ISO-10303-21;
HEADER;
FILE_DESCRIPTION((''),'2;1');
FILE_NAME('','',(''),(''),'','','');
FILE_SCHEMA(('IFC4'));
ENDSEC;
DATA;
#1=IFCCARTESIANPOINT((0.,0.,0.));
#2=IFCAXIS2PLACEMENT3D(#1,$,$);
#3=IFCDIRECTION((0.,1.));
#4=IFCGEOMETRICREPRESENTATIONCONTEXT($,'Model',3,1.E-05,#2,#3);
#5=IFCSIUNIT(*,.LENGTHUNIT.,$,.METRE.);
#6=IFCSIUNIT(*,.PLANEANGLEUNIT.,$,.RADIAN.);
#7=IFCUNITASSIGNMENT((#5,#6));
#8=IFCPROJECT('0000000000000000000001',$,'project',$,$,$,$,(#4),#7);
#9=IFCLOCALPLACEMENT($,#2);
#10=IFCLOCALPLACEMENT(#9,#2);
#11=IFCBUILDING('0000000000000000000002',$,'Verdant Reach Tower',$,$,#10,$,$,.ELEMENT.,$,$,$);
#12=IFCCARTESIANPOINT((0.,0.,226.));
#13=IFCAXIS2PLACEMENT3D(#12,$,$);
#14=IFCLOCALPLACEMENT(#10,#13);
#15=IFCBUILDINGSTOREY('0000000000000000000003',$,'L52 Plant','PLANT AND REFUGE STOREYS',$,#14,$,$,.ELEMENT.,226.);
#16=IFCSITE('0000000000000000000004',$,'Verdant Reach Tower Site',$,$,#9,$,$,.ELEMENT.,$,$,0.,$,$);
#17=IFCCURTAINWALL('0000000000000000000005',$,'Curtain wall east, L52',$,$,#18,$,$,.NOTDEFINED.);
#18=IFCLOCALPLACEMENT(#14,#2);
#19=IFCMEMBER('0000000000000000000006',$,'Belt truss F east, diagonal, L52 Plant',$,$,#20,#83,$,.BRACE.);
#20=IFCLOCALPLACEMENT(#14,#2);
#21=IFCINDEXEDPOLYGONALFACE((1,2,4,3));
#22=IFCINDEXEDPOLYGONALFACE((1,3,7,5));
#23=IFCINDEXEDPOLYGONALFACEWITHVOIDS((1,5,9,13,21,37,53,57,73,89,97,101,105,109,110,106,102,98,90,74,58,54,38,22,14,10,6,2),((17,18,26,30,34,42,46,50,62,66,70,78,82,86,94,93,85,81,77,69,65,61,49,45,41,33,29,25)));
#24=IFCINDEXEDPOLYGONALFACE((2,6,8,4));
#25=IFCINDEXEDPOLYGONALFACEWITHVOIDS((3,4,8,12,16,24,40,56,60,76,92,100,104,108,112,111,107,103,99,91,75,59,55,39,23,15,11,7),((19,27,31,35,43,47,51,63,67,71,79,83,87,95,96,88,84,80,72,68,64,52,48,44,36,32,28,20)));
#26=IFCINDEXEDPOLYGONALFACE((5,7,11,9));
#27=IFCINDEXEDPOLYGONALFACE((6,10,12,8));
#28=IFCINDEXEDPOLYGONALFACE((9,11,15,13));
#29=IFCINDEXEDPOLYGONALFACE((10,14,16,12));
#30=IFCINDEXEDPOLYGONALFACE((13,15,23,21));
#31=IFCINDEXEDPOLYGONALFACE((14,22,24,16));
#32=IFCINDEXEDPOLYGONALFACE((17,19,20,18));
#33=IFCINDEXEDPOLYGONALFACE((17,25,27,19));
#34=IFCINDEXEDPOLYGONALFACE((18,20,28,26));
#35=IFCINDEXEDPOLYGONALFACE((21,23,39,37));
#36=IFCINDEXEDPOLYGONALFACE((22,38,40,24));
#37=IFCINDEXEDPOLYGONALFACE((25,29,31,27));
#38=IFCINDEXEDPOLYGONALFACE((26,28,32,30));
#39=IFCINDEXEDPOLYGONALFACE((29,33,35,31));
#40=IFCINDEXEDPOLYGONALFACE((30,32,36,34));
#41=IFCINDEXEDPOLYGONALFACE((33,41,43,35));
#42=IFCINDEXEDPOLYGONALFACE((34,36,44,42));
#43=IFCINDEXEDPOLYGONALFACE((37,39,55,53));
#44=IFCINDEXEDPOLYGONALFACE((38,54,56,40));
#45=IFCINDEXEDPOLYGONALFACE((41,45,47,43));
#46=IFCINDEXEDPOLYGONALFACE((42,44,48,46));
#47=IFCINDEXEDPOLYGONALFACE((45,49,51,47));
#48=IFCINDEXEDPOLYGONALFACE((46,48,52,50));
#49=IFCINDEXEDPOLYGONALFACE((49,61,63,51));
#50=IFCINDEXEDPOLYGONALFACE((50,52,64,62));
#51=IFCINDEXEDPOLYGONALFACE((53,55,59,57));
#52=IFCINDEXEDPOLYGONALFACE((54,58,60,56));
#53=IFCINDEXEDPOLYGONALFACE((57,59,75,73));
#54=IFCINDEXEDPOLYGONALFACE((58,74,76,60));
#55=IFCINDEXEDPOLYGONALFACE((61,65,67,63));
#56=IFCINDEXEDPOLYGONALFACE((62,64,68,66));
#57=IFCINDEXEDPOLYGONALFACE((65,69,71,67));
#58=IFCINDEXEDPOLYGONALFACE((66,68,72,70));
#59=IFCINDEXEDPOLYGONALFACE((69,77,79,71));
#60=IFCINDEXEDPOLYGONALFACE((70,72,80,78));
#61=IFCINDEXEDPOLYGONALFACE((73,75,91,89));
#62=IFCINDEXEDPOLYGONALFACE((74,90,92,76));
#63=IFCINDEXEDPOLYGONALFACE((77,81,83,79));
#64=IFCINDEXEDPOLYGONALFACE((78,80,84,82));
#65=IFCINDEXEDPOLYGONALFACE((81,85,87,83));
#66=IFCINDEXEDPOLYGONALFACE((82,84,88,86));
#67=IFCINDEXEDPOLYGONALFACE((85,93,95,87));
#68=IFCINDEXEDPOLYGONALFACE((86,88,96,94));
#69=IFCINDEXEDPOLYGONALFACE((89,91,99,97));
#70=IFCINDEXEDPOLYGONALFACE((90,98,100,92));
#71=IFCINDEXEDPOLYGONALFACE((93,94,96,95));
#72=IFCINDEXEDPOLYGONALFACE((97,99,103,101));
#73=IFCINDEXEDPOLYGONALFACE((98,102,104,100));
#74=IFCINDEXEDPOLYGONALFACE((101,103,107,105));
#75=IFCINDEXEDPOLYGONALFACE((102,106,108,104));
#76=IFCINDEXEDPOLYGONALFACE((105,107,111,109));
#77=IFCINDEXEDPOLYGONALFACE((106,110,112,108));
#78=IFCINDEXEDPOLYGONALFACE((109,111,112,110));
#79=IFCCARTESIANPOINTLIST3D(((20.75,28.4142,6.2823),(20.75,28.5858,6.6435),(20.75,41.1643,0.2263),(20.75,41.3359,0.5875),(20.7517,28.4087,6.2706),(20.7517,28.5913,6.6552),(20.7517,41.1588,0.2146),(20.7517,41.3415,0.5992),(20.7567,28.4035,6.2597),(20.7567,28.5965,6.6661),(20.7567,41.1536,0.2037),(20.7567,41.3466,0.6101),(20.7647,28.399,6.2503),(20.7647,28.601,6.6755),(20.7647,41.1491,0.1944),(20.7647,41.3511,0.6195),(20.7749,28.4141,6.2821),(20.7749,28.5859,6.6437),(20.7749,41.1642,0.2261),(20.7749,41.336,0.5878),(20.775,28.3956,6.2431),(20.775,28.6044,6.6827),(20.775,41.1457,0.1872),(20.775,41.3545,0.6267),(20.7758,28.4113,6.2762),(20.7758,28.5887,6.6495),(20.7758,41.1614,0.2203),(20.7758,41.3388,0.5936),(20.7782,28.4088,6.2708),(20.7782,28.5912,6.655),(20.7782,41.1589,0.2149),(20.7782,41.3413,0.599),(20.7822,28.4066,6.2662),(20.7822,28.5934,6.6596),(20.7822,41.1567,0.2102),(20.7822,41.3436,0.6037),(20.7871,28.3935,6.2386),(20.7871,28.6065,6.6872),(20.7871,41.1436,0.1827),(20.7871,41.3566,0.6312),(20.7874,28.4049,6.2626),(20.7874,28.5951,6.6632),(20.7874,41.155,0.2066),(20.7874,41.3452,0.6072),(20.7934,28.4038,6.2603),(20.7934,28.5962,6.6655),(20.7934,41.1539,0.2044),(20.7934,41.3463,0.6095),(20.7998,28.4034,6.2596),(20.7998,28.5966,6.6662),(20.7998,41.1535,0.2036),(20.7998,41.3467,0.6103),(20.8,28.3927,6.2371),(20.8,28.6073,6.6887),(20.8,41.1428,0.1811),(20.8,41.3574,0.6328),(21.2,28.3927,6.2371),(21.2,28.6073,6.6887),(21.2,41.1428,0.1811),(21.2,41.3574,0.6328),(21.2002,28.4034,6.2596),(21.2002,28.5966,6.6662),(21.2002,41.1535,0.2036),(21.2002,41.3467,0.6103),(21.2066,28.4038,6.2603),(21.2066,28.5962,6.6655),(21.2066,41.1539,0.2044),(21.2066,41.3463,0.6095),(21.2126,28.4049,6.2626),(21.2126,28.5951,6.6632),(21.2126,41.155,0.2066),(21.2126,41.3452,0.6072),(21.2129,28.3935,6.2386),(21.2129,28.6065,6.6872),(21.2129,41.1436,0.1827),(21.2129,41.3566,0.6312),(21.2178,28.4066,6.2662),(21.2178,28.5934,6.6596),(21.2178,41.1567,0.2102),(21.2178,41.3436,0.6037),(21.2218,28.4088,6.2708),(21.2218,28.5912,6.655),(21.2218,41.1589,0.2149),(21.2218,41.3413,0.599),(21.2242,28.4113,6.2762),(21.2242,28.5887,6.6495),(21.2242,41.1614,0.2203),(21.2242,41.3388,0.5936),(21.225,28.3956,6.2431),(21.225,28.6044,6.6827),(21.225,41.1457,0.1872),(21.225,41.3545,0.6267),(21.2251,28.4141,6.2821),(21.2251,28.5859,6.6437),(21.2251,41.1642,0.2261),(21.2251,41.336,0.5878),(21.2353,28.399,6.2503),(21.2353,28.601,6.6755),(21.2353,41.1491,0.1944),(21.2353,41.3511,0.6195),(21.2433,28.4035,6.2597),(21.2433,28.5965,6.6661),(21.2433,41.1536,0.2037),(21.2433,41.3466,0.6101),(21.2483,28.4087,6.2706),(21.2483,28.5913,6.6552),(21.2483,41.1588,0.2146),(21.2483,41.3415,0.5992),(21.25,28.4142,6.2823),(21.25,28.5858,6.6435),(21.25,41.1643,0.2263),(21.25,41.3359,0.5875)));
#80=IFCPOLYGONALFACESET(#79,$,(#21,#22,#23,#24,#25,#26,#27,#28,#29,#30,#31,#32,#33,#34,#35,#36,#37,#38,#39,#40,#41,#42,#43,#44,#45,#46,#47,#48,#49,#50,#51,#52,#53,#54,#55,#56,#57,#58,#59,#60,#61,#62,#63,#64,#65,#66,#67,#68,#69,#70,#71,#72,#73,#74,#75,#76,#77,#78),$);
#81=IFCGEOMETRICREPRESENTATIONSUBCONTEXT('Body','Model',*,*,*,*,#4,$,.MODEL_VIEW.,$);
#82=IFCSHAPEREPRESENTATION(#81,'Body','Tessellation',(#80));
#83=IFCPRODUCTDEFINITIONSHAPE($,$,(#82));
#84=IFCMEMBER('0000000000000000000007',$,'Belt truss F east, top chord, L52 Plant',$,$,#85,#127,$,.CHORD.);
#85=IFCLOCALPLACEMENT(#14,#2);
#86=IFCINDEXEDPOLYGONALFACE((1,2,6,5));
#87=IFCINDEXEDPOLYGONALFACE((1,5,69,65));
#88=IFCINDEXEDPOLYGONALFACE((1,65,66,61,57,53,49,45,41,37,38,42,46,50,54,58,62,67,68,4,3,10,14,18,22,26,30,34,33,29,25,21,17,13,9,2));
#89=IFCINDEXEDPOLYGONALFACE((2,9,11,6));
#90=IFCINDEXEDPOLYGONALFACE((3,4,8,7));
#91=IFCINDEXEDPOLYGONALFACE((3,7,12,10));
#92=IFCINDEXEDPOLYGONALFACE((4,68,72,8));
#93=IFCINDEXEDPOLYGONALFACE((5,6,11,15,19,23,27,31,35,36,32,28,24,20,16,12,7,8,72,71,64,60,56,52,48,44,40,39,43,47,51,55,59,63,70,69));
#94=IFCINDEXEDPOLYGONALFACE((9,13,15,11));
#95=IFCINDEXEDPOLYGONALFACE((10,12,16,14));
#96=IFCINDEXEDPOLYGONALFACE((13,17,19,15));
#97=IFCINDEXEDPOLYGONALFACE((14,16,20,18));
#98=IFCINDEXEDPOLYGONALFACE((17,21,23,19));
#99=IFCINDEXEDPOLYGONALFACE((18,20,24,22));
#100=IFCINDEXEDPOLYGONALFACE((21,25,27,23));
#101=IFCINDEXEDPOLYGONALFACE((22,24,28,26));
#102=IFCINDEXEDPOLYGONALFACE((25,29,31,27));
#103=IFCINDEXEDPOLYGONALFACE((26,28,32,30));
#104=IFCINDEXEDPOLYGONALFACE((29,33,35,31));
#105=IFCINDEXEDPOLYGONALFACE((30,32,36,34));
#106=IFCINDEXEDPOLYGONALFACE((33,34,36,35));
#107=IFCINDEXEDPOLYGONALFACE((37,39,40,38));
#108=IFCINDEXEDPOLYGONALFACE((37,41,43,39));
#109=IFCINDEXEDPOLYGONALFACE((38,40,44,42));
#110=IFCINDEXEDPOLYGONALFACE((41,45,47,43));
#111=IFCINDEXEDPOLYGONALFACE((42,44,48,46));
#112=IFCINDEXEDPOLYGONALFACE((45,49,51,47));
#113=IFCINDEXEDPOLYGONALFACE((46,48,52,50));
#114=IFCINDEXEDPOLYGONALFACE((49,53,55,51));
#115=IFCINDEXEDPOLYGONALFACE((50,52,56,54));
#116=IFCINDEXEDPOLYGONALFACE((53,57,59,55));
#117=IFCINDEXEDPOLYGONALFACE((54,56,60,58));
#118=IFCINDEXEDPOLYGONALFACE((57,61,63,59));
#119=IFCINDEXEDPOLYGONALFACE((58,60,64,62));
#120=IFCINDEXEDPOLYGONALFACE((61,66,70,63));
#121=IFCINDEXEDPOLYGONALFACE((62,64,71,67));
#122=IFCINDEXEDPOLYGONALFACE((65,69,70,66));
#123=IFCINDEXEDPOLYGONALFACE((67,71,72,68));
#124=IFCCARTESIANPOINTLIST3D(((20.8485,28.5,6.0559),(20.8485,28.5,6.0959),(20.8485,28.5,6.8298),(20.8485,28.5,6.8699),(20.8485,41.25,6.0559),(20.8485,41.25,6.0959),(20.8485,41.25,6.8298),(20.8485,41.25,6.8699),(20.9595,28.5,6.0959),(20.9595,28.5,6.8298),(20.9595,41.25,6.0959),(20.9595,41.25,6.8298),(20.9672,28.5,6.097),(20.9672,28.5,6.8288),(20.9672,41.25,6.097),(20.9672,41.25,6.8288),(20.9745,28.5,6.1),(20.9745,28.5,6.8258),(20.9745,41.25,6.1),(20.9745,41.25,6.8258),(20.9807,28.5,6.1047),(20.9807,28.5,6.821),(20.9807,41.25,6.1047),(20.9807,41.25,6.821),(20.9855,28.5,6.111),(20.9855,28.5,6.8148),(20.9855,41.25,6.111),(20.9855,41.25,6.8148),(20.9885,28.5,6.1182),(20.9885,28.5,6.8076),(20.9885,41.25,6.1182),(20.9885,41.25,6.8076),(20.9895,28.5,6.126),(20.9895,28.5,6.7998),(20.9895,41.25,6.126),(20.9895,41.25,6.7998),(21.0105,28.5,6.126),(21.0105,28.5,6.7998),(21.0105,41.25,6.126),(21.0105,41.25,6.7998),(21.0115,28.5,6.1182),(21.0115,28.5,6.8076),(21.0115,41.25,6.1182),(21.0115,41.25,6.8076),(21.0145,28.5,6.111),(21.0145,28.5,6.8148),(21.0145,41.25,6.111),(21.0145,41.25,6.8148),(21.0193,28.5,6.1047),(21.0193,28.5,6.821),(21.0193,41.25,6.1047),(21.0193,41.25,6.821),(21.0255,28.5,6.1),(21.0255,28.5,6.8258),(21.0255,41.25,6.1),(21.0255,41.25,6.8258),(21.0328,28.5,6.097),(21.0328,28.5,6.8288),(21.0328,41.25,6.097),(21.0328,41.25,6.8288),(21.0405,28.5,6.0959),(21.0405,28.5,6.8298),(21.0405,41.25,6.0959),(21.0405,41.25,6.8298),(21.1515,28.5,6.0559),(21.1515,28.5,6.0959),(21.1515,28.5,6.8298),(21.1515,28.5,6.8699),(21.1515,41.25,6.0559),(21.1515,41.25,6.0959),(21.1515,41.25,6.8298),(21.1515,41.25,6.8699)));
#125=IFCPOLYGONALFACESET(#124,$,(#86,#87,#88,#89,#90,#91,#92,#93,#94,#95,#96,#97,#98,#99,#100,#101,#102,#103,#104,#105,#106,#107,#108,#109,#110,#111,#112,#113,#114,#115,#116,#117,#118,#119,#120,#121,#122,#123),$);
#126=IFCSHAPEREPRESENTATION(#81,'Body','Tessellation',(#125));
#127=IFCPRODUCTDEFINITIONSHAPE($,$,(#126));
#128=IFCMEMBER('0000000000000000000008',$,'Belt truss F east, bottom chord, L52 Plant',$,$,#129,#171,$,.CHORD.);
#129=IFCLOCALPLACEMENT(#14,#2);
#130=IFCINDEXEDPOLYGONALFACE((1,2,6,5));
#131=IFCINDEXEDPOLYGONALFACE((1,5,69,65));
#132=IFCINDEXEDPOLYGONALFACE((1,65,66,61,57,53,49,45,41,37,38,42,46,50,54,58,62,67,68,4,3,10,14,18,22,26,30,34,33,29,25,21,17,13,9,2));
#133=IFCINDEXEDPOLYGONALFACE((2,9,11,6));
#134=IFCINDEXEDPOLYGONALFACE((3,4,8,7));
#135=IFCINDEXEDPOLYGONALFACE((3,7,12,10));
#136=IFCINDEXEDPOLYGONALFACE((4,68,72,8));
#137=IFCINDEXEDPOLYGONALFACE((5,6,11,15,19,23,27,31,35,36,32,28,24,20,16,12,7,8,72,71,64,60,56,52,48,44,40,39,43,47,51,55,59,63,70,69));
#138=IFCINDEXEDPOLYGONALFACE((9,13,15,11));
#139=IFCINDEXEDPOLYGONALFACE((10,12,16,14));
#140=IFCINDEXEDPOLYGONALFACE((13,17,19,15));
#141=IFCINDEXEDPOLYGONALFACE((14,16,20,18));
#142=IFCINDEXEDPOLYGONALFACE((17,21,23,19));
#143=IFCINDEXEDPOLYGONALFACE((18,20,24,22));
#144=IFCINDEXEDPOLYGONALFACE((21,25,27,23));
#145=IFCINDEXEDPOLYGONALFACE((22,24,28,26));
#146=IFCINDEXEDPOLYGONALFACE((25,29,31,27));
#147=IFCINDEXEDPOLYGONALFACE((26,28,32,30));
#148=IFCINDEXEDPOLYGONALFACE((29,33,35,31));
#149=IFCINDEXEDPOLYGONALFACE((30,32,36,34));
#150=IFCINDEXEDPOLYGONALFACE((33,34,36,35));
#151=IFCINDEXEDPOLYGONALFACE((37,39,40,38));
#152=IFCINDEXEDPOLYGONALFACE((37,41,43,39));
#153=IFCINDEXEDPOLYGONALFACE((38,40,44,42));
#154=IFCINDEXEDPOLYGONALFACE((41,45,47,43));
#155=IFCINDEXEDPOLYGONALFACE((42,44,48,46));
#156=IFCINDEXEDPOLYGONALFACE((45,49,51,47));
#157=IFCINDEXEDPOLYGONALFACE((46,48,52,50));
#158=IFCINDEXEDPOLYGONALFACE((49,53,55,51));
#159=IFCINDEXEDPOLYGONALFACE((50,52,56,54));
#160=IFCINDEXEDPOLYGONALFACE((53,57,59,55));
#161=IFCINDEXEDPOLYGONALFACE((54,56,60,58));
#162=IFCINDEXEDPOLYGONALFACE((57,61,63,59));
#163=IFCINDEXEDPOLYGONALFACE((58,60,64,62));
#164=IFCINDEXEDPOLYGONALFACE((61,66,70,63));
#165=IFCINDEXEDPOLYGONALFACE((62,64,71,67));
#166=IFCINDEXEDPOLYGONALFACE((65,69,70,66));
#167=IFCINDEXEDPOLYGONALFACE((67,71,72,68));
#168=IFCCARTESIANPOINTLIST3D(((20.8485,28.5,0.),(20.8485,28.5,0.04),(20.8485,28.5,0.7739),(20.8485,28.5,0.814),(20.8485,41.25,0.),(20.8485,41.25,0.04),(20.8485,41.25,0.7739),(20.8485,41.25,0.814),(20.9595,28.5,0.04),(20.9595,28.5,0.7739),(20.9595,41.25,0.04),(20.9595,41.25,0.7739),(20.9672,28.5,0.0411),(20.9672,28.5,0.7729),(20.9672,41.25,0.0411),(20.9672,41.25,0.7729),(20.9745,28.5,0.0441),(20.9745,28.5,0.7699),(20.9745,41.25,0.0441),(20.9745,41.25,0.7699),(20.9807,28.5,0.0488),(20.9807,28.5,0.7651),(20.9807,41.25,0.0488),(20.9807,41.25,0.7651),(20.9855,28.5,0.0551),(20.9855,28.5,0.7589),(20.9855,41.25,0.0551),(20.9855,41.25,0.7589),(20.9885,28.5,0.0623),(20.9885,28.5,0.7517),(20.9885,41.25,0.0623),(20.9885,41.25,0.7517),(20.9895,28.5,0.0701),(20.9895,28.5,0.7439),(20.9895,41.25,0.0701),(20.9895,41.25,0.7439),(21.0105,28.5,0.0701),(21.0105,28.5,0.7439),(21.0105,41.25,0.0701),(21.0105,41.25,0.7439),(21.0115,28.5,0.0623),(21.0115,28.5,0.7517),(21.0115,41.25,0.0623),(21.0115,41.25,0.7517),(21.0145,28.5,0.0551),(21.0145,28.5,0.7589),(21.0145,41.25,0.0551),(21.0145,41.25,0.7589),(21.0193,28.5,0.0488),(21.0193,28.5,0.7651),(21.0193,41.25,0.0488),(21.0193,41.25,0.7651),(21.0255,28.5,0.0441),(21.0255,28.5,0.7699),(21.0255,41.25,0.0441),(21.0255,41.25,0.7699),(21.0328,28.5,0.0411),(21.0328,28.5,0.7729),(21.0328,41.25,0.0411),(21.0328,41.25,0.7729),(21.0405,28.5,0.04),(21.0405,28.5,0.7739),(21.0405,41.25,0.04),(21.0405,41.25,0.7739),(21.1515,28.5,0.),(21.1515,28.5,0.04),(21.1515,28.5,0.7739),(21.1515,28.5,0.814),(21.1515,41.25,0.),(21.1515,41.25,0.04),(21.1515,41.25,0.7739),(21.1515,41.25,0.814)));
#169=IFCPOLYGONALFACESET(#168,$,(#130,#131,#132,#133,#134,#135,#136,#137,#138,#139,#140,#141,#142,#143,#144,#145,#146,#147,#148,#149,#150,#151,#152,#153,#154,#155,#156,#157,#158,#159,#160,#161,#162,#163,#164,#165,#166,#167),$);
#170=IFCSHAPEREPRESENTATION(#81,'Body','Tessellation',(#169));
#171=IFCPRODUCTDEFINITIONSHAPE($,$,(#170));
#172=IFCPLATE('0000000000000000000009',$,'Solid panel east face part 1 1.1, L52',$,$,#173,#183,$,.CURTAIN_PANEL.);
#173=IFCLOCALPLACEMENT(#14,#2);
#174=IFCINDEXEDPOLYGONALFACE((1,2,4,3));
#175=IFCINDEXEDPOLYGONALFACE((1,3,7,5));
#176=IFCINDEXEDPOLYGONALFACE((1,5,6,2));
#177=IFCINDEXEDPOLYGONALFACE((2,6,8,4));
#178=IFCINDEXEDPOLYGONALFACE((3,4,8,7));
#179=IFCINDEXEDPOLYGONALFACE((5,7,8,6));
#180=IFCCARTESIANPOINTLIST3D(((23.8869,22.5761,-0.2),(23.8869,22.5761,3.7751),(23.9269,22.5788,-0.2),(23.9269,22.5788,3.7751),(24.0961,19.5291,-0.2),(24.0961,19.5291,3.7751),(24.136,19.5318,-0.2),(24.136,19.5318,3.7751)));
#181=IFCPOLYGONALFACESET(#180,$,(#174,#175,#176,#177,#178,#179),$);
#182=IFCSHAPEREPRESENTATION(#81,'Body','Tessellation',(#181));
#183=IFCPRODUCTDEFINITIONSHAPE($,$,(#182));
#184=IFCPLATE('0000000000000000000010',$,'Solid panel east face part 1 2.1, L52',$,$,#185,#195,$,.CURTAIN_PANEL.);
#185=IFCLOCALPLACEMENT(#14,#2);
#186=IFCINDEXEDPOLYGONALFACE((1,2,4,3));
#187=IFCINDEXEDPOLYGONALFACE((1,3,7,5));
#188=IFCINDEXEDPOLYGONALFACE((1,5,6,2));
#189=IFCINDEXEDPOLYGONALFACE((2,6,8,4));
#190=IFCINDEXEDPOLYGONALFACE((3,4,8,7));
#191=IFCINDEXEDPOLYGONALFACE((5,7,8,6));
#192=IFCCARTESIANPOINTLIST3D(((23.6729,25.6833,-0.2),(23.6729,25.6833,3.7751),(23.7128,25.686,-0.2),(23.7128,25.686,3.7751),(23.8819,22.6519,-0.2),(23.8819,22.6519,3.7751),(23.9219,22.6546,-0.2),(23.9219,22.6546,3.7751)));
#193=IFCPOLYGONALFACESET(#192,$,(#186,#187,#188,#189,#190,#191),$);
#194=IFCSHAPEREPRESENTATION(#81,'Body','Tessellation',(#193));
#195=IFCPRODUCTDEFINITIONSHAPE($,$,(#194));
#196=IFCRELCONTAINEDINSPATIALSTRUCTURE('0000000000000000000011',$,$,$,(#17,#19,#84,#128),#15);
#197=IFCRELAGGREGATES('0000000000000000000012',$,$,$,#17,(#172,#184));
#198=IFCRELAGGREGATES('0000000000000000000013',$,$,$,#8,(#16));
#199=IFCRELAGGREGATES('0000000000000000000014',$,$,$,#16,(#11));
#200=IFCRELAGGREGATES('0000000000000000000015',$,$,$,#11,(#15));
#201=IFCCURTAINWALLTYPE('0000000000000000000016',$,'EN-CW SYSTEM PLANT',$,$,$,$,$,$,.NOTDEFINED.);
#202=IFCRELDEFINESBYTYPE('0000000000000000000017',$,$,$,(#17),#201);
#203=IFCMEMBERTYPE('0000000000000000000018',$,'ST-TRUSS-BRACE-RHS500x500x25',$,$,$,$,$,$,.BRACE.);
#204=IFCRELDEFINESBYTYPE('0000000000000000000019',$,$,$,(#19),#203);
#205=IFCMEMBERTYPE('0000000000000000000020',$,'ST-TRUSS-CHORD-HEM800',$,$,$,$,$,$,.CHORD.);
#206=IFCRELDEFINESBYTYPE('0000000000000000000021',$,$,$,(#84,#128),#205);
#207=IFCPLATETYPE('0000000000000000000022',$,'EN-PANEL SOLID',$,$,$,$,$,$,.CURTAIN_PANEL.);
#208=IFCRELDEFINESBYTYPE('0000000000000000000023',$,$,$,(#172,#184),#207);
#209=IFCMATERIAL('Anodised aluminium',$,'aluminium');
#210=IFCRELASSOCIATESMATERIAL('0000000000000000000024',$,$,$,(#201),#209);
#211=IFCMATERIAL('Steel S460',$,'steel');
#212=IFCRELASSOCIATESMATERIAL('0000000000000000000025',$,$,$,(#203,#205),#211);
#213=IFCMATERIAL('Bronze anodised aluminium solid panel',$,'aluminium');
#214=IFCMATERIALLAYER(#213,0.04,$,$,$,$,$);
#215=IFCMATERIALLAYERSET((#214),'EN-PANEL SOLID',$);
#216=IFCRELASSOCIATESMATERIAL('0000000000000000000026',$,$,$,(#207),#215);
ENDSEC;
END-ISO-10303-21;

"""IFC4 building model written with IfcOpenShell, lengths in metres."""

from ifc_helpers import new_model, si_unit, direction, frame, origin, origin_2d, place, context, subcontext, project, spatial, rectangle, hollow_rectangle, i_section, extrude, material, layer, layer_set, material_profile, profile_set, type_object, element, aggregate, save


model = new_model("IFC4")

# Units and contexts
model_context = context("Model", 3, precision=1e-05, world=origin(), true_north=direction((0.0, 1.0)))
body_context = subcontext(model_context, "Body", "Model", "MODEL_VIEW")
ifc_project = project(units=[si_unit("LENGTHUNIT", "METRE"), si_unit("PLANEANGLEUNIT", "RADIAN")], contexts=[model_context])

# Site, building, storey
site_placement = place(None, origin())
site = spatial("IfcSite", under=ifc_project, at=site_placement, Name="Verdant Reach Tower Site", CompositionType="ELEMENT", RefElevation=0.0)
building_placement = place(site_placement, origin())
building = spatial("IfcBuilding", under=site, at=building_placement, Name="Verdant Reach Tower", CompositionType="ELEMENT")
storey_placement = place(building_placement, frame((0.0, 0.0, 226.0)))
storey = spatial("IfcBuildingStorey", under=building, at=storey_placement, Name="L52 Plant", Description="PLANT AND REFUGE STOREYS", CompositionType="ELEMENT", Elevation=226.0)

# Shared definitions
ifc_material_1 = material(Name="Steel S460", Category="steel")

# Curtain wall
ifc_material_2 = material(Name="Anodised aluminium", Category="aluminium")
curtain_wall_type = type_object("IfcCurtainWallType", Name="EN-CW SYSTEM PLANT", PredefinedType="NOTDEFINED", material=ifc_material_2)
curtain_wall_placement = place(storey_placement, origin())
curtain_wall = element("IfcCurtainWall", 1, at=curtain_wall_placement, inside=storey, type_object=curtain_wall_type, Name="Curtain wall east, L52", PredefinedType="NOTDEFINED")

# Members
ifc_material_profile_1 = material_profile(ifc_material_1, hollow_rectangle(XDim=0.5, YDim=0.5, WallThickness=0.0249, InnerFilletRadius=0.0249, OuterFilletRadius=0.05, at=origin_2d()), Name="RHS 500x500x25")
ifc_profile_set_1 = profile_set([ifc_material_profile_1], Name="Steel S460")
member_type_1 = type_object("IfcMemberType", Name="ST-TRUSS-BRACE-RHS500x500x25", PredefinedType="BRACE", material=ifc_profile_set_1)
member_1_placement = place(storey_placement, frame((21.0, 28.5, 6.4629), z_axis=(0.0, 0.903287, -0.429037), x_axis=(-1.0, 0.0, 0.0)))
element("IfcMember", 2, at=member_1_placement, inside=storey, type_object=member_type_1, Name="Belt truss F east, diagonal, L52 Plant", PredefinedType="BRACE", context=body_context, shape_type="SweptSolid", body=[
    extrude(hollow_rectangle(XDim=0.5, YDim=0.5, WallThickness=0.0249, InnerFilletRadius=0.0249, OuterFilletRadius=0.05, at=origin_2d()), origin(), (0.0, 0.0, 1.0), 14.1152),
])
ifc_material_profile_2 = material_profile(ifc_material_1, i_section(OverallWidth=0.303, OverallDepth=0.814, WebThickness=0.021, FlangeThickness=0.04, FilletRadius=0.03, at=origin_2d()), Name="HEM 800")
ifc_profile_set_2 = profile_set([ifc_material_profile_2], Name="Steel S460")
member_type_2 = type_object("IfcMemberType", Name="ST-TRUSS-CHORD-HEM800", PredefinedType="CHORD", material=ifc_profile_set_2)
for number, where, z_axis, x_axis, name in (
    (3, (21.0, 28.5, 6.4629), (0.0, 1.0, 0.0), (-1.0, 0.0, 0.0), "Belt truss F east, top chord, L52 Plant"),
    (4, (21.0, 28.5, 0.407), (0.0, 1.0, 0.0), (-1.0, 0.0, 0.0), "Belt truss F east, bottom chord, L52 Plant"),
):
    element("IfcMember", number, at=place(storey_placement, frame(where, z_axis=z_axis, x_axis=x_axis)), inside=storey, type_object=member_type_2, Name=name, PredefinedType="CHORD", context=body_context, shape_type="SweptSolid", body=[
        extrude(i_section(OverallWidth=0.303, OverallDepth=0.814, WebThickness=0.021, FlangeThickness=0.04, FilletRadius=0.03, at=origin_2d()), origin(), (0.0, 0.0, 1.0), 12.75),
    ])

# Plates
ifc_material_3 = material(Name="Bronze anodised aluminium solid panel", Category="aluminium")
ifc_layer_1 = layer(ifc_material_3, 0.04)
ifc_layer_set_1 = layer_set([ifc_layer_1], Name="EN-PANEL SOLID")
plate_type_1 = type_object("IfcPlateType", Name="EN-PANEL SOLID", PredefinedType="CURTAIN_PANEL", material=ifc_layer_set_1)
plate_1_placement = place(storey_placement, frame((24.0115, 21.054, -0.2), z_axis=(0.0, 0.0, 1.0), x_axis=(-0.068469, 0.997653, 0.0)))
plate_1 = element("IfcPlate", 5, at=plate_1_placement, type_object=plate_type_1, Name="Solid panel east face part 1 1.1, L52", PredefinedType="CURTAIN_PANEL", context=body_context, shape_type="SweptSolid", body=[
    extrude(rectangle(XDim=3.0542, YDim=0.04, at=origin_2d()), origin(), (0.0, 0.0, 1.0), 3.9751),
])
plate_2_placement = place(storey_placement, frame((23.7974, 24.1689, -0.2), z_axis=(0.0, 0.0, 1.0), x_axis=(-0.068802, 0.99763, 0.0)))
plate_2 = element("IfcPlate", 6, at=plate_2_placement, type_object=plate_type_1, Name="Solid panel east face part 1 2.1, L52", PredefinedType="CURTAIN_PANEL", context=body_context, shape_type="SweptSolid", body=[
    extrude(rectangle(XDim=3.0386, YDim=0.04, at=origin_2d()), origin(), (0.0, 0.0, 1.0), 3.9751),
])

aggregate(curtain_wall, [plate_1, plate_2])

save(model, "model.ifc")
